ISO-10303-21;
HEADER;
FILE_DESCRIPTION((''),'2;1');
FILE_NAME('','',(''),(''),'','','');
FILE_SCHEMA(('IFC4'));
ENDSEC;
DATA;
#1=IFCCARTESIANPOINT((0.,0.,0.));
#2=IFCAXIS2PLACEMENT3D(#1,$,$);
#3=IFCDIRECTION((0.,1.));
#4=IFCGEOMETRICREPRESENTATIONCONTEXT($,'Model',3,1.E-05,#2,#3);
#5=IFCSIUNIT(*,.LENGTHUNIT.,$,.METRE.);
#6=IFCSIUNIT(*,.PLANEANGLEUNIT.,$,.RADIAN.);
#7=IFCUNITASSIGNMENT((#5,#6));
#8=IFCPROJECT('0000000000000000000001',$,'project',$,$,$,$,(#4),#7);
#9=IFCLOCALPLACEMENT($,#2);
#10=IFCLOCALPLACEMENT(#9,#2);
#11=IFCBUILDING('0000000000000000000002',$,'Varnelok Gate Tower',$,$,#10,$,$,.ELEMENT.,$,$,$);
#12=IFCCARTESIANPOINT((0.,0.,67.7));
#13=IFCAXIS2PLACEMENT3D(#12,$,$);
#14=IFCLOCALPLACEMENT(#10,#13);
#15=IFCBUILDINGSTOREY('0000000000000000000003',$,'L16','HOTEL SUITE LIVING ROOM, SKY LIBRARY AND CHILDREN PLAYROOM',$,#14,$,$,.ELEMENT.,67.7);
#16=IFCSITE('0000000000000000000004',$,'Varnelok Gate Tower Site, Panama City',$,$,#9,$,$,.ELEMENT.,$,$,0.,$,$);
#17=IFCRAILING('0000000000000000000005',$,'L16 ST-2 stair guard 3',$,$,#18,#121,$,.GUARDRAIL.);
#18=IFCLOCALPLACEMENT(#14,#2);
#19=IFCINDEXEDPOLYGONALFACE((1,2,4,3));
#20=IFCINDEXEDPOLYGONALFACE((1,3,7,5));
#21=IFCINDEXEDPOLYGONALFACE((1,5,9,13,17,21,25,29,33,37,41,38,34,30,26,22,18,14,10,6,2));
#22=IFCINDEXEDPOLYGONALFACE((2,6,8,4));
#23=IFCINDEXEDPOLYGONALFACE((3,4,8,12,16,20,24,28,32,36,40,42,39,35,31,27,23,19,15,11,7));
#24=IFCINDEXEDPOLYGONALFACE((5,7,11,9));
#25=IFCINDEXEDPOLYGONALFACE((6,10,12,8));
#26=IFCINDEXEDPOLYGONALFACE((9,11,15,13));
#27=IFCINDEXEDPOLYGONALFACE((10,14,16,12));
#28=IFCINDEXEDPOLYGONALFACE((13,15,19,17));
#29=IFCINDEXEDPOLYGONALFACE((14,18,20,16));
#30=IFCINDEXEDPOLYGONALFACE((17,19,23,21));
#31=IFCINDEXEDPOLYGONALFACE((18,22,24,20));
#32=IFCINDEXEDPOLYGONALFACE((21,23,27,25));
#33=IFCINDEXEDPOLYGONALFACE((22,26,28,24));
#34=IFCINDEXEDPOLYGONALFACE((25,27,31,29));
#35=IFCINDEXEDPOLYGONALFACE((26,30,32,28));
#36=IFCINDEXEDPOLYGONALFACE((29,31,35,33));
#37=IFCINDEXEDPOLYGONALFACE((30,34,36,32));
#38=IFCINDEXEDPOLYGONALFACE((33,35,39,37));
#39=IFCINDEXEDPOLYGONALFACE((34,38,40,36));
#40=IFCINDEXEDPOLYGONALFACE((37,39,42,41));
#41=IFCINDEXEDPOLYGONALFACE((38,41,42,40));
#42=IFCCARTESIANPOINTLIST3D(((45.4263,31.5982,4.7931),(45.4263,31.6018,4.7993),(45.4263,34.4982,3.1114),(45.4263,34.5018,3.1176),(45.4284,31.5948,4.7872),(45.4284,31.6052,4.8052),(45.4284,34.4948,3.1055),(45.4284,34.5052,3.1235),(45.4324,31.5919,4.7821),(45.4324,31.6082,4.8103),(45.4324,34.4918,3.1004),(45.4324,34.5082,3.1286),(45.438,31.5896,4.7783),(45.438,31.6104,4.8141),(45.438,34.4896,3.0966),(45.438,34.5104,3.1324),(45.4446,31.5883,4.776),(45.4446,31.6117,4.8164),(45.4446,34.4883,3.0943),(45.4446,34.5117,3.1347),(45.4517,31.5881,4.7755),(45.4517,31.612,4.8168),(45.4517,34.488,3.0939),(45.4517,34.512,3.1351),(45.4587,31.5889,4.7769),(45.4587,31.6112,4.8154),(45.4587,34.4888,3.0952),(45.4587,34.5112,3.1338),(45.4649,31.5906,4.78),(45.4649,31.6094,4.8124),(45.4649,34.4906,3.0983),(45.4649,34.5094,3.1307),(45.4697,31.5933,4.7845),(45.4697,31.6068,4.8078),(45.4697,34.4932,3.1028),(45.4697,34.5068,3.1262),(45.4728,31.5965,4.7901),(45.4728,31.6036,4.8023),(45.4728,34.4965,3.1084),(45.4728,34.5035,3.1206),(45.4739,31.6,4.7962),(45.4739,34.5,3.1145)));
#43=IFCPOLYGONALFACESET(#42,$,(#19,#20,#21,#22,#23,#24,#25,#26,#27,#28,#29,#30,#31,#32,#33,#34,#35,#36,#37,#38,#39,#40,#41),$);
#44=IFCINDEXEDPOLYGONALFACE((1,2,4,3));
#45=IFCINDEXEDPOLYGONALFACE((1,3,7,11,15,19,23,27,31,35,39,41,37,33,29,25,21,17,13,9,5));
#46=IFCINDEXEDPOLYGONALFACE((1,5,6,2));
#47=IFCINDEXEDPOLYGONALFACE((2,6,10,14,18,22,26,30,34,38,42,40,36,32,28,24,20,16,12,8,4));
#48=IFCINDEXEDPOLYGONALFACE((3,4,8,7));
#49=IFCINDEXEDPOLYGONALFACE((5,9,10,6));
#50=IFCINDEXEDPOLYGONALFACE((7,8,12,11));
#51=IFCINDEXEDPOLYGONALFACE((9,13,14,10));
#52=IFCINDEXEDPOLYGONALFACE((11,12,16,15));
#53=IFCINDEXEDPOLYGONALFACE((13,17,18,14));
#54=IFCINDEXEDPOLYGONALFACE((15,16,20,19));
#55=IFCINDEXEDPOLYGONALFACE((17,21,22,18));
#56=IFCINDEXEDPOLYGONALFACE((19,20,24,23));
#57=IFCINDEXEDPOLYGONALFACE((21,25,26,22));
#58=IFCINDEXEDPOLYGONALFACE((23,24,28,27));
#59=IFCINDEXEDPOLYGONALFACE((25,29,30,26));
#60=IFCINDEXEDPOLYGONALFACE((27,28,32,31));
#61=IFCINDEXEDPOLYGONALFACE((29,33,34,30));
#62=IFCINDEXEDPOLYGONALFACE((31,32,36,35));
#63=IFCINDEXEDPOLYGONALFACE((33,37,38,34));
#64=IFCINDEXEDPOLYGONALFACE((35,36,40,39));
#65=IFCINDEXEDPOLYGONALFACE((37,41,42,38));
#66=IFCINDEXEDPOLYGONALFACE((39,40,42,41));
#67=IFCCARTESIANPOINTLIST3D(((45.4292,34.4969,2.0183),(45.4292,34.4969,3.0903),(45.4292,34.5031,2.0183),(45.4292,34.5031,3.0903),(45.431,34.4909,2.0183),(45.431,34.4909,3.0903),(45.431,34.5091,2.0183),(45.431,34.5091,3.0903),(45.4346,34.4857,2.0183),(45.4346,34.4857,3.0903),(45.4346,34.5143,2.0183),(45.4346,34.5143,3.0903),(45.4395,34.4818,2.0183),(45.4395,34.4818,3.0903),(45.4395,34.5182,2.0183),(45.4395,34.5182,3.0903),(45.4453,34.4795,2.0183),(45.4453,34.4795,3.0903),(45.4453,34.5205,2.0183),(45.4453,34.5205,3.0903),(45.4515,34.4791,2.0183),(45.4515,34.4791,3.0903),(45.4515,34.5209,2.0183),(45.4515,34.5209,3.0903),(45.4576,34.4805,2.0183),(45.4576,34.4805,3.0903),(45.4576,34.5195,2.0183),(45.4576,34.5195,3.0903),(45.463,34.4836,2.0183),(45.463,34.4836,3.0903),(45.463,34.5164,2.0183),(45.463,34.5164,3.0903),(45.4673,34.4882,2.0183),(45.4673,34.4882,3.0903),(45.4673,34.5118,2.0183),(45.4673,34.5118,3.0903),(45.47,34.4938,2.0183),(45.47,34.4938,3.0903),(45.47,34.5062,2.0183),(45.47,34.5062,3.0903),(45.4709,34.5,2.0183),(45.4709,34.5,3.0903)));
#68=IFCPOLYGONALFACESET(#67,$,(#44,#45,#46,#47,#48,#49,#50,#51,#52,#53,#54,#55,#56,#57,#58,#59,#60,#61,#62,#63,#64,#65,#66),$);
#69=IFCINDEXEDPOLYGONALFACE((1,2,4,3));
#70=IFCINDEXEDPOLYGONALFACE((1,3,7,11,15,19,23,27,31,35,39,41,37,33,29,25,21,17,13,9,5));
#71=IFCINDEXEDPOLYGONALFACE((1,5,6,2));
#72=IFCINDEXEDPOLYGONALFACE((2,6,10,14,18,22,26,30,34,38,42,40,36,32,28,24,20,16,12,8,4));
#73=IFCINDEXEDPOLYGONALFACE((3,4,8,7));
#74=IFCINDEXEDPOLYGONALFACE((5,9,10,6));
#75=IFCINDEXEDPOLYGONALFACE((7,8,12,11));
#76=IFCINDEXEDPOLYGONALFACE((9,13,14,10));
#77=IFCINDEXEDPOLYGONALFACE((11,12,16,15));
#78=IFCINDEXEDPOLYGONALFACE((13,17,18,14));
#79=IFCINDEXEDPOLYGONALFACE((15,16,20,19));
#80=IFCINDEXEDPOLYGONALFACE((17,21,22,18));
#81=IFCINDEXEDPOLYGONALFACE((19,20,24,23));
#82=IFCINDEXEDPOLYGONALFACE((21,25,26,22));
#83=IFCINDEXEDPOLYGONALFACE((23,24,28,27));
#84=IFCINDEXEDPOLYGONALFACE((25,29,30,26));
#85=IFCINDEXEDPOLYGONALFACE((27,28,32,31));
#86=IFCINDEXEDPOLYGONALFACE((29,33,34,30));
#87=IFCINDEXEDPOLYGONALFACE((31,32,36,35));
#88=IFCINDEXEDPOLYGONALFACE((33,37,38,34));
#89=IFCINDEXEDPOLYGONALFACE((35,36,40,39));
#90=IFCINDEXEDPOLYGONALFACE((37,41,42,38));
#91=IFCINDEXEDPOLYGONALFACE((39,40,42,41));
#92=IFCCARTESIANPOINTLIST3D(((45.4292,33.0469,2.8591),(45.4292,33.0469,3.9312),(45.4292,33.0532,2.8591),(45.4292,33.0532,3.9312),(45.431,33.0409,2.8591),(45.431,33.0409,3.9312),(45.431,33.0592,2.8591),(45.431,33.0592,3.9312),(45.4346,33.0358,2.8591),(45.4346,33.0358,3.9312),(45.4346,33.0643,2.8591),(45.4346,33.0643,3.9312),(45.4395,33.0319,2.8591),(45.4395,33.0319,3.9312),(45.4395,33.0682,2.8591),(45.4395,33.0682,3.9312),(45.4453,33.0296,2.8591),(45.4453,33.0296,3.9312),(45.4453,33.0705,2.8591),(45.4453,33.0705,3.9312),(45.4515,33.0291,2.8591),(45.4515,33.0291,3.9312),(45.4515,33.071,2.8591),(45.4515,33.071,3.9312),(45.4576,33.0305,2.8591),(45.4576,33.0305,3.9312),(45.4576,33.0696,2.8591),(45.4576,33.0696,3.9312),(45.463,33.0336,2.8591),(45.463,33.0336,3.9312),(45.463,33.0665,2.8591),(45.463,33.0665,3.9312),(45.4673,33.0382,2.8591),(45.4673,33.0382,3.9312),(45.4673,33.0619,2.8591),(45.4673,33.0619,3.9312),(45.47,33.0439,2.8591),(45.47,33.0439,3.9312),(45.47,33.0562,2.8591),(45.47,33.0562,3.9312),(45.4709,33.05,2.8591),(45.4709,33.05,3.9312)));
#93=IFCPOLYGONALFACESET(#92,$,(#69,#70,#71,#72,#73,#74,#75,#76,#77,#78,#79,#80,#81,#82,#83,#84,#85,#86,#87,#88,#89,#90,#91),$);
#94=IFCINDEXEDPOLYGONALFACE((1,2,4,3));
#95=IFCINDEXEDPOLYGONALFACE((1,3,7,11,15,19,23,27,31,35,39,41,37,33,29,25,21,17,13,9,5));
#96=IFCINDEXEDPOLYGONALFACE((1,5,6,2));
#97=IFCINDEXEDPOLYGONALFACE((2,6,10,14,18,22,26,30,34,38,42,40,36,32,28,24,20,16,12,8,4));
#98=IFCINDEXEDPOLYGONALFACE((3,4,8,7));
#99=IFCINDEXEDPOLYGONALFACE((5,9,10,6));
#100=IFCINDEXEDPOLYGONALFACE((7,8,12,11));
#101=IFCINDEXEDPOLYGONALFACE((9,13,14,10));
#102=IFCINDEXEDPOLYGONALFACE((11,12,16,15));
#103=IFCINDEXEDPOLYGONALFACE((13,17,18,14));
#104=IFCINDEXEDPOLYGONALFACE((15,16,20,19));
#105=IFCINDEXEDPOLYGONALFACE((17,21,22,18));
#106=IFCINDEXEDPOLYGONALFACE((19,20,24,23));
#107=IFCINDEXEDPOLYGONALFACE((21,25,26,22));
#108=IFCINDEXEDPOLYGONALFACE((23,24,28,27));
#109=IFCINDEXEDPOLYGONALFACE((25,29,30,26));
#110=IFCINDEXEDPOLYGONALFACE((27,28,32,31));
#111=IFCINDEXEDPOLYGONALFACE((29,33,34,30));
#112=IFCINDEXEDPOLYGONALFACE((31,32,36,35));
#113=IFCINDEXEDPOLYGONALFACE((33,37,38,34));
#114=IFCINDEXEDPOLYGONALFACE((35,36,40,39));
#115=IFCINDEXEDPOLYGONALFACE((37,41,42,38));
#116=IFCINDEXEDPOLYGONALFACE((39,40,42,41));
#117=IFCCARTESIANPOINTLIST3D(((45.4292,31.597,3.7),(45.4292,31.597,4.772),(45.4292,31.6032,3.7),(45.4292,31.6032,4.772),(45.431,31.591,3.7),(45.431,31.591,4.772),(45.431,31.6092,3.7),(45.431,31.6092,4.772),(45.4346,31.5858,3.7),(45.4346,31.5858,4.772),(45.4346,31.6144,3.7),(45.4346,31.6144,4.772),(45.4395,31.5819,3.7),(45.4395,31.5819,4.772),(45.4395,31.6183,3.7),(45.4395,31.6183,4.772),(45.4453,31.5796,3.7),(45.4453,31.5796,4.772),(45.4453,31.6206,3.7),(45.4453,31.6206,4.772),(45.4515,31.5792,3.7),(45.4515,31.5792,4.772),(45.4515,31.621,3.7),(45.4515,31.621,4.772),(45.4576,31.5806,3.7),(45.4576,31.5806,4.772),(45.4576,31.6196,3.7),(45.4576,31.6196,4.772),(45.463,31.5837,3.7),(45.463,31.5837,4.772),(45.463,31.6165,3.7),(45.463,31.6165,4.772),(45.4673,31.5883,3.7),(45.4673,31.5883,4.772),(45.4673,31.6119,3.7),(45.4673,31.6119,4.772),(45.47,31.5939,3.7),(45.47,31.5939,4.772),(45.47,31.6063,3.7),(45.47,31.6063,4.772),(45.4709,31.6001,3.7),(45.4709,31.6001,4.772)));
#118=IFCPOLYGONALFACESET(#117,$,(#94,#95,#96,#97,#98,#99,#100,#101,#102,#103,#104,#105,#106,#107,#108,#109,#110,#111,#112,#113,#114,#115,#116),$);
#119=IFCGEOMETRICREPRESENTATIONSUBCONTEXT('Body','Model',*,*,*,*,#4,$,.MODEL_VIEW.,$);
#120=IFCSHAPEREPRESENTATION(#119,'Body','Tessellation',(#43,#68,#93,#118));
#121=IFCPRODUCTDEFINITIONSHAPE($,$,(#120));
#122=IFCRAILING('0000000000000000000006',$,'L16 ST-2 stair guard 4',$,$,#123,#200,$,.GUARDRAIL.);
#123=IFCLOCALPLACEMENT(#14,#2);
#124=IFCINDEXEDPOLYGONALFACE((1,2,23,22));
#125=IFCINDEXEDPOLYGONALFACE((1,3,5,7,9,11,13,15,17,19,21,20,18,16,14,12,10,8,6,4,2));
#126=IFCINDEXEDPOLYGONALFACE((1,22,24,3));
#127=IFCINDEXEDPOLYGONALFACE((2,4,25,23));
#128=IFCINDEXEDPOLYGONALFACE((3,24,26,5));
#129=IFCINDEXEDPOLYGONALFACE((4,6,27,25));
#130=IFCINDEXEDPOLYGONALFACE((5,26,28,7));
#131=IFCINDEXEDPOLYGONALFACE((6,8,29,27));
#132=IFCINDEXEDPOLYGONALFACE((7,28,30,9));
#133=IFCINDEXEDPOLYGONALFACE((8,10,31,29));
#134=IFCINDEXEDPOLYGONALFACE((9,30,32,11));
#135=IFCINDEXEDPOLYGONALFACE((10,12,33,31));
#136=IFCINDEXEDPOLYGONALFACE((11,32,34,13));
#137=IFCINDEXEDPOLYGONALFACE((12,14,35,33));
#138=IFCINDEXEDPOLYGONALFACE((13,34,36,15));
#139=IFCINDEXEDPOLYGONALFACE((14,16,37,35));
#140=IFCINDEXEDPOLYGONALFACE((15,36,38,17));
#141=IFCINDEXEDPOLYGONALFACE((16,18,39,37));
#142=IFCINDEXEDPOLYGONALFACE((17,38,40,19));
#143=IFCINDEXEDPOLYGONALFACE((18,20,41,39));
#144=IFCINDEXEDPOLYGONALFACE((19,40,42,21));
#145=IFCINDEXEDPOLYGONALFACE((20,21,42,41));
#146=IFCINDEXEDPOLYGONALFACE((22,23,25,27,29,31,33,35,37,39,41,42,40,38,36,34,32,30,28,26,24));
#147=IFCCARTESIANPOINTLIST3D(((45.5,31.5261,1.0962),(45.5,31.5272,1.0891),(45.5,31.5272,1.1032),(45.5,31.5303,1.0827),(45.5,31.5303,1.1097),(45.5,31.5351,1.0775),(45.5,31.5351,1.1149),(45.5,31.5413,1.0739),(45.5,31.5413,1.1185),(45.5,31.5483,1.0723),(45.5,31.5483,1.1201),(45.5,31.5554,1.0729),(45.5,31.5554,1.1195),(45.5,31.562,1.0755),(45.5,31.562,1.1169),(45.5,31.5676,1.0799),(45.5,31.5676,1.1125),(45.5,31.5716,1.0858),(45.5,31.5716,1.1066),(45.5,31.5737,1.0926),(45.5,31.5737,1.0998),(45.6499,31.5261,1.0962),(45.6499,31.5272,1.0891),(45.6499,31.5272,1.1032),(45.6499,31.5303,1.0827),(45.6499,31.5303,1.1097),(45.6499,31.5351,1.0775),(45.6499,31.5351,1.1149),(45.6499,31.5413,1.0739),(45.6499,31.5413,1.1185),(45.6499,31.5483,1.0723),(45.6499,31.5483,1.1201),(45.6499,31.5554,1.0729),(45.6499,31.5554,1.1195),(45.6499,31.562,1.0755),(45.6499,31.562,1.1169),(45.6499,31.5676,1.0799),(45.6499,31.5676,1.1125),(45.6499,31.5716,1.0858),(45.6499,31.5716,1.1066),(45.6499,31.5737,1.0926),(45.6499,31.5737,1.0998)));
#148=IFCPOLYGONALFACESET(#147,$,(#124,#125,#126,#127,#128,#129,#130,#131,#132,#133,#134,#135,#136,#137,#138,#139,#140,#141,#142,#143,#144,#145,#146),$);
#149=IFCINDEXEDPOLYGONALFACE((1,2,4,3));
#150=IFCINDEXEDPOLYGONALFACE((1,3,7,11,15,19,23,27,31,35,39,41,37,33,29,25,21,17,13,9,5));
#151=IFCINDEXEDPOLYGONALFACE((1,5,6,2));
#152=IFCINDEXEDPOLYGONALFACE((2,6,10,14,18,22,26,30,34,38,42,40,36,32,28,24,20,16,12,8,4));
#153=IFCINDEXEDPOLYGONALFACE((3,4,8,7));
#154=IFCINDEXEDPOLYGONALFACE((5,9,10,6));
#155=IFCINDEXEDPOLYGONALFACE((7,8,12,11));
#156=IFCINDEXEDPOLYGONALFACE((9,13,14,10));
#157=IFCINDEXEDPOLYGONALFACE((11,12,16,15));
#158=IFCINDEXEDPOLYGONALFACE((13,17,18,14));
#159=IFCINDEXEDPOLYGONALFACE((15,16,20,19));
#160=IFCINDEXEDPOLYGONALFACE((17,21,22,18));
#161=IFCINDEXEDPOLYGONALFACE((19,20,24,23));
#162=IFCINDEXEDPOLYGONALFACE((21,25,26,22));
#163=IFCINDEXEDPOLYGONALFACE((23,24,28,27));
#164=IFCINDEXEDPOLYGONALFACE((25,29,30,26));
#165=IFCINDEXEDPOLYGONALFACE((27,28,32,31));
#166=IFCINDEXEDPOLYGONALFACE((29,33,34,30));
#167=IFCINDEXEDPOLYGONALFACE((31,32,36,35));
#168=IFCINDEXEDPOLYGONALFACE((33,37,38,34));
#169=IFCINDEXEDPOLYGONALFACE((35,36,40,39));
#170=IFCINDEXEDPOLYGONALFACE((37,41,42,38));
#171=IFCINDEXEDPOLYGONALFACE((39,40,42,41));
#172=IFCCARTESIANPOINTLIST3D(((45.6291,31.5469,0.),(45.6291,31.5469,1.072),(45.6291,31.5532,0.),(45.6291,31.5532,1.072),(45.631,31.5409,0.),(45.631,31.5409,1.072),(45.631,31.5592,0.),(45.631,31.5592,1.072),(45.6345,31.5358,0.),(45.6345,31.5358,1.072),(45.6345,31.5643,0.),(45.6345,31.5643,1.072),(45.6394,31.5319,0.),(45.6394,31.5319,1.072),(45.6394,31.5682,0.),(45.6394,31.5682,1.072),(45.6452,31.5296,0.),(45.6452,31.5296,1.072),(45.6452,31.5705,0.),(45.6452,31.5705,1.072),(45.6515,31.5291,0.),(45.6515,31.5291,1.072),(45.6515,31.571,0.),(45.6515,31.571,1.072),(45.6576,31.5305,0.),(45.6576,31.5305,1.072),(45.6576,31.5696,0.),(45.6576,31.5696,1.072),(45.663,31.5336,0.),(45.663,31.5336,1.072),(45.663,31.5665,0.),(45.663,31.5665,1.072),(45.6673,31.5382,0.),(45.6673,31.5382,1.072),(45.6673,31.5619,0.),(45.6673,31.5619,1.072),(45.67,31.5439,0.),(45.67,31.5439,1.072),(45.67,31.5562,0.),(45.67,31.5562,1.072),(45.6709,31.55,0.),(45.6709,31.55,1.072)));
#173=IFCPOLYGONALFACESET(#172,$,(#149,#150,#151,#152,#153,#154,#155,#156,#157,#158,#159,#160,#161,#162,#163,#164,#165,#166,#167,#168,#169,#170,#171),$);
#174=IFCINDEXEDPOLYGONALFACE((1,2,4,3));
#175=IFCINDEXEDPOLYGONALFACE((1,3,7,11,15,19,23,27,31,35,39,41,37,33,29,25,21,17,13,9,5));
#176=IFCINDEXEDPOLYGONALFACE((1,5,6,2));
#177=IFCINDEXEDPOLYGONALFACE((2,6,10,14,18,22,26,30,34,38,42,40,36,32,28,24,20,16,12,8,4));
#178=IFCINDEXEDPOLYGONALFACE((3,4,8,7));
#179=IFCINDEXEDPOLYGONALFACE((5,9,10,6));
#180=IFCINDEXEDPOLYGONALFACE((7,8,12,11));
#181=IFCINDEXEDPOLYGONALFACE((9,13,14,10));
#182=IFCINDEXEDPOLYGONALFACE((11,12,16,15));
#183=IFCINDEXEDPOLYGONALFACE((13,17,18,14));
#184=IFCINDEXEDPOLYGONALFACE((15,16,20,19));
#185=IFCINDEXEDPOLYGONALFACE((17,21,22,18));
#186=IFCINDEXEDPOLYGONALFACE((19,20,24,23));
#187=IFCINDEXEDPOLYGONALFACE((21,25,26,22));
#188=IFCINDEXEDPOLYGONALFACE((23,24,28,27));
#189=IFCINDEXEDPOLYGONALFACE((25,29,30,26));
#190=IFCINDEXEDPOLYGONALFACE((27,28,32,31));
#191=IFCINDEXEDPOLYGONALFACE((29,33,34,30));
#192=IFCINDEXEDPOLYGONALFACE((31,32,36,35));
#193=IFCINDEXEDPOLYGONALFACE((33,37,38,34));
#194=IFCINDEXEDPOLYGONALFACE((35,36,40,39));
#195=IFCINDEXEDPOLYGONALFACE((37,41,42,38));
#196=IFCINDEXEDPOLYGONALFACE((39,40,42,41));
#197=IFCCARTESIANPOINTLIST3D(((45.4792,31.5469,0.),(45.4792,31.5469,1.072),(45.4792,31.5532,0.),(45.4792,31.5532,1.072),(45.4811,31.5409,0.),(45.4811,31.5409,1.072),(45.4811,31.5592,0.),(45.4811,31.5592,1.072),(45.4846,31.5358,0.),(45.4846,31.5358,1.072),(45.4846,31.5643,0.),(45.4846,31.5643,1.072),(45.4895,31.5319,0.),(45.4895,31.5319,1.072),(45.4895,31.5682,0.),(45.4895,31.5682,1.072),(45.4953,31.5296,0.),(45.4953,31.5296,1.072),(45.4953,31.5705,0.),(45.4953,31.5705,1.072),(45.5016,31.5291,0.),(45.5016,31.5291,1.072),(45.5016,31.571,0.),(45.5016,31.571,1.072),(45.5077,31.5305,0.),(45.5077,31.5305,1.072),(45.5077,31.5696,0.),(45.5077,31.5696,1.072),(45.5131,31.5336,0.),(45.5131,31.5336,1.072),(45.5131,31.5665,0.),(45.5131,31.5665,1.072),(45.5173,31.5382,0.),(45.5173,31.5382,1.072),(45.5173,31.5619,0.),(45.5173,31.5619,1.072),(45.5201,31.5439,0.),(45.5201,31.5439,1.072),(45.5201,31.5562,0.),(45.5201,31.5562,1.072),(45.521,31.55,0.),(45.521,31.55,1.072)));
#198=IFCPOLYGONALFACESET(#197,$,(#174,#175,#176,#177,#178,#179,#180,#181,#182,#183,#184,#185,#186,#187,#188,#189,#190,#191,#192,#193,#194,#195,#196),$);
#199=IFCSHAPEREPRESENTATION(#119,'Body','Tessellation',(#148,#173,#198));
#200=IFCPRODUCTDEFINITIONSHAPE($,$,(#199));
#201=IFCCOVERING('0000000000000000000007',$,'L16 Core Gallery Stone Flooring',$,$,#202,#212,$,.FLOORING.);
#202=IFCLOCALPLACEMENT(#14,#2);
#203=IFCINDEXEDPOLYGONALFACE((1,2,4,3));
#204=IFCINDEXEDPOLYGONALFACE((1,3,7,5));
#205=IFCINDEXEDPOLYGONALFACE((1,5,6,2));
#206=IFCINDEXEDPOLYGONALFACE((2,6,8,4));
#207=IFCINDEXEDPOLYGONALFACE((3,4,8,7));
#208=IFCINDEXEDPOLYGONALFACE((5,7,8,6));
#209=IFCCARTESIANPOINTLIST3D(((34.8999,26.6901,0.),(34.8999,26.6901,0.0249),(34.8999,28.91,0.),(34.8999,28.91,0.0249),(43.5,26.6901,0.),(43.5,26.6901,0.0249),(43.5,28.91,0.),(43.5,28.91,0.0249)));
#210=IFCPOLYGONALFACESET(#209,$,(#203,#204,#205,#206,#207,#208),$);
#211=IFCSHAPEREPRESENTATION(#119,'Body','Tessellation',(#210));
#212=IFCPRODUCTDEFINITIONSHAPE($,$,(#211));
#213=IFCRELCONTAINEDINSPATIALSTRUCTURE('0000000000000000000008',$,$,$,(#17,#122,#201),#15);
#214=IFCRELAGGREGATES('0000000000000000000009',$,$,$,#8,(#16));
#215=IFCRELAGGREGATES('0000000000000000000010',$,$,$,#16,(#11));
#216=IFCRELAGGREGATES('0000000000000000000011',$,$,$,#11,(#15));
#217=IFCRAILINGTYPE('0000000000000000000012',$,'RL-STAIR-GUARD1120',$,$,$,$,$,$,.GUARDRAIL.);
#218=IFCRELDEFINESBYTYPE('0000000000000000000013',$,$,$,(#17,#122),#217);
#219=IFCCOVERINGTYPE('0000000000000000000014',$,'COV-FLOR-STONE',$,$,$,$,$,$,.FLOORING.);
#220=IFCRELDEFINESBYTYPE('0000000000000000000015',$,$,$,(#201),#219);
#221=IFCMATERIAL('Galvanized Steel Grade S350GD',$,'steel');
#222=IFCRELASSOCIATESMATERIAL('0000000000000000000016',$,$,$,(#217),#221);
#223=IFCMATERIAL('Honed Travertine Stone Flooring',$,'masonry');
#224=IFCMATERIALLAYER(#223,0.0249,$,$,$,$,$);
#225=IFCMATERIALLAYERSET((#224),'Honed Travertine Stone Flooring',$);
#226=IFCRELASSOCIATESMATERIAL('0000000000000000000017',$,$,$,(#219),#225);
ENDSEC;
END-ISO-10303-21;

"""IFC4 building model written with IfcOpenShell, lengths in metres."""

from ifc_helpers import new_model, si_unit, direction, frame, origin, origin_2d, place, context, subcontext, project, spatial, rectangle, circle, extrude, source, transform, mapped, material, layer, layer_set, type_object, element, save


model = new_model("IFC4")

# Units and contexts
model_context = context("Model", 3, precision=1e-05, world=origin(), true_north=direction((0.0, 1.0)))
body_context = subcontext(model_context, "Body", "Model", "MODEL_VIEW")
ifc_project = project(units=[si_unit("LENGTHUNIT", "METRE"), si_unit("PLANEANGLEUNIT", "RADIAN")], contexts=[model_context])

# Site, building, storey
site_placement = place(None, origin())
site = spatial("IfcSite", under=ifc_project, at=site_placement, Name="Varnelok Gate Tower Site, Panama City", CompositionType="ELEMENT", RefElevation=0.0)
building_placement = place(site_placement, origin())
building = spatial("IfcBuilding", under=site, at=building_placement, Name="Varnelok Gate Tower", CompositionType="ELEMENT")
storey_placement = place(building_placement, frame((0.0, 0.0, 67.7)))
storey = spatial("IfcBuildingStorey", under=building, at=storey_placement, Name="L16", Description="HOTEL SUITE LIVING ROOM, SKY LIBRARY AND CHILDREN PLAYROOM", CompositionType="ELEMENT", Elevation=67.7)

# Shared definitions
ifc_material_1 = material(Name="Galvanized Steel Grade S350GD", Category="steel")

# Railings
railing_type_1 = type_object("IfcRailingType", Name="RL-STAIR-GUARD1120", PredefinedType="GUARDRAIL", material=ifc_material_1)
railing_1_placement = place(storey_placement, frame((45.45, 34.5, 2.0183)))
element("IfcRailing", 1, at=railing_1_placement, inside=storey, type_object=railing_type_1, Name="L16 ST-2 stair guard 3", PredefinedType="GUARDRAIL", context=body_context, shape_type="SweptSolid", body=[
    extrude(circle(Radius=0.0239, at=origin_2d()), frame((0.0, 0.0, 1.0962), z_axis=(0.0, -0.86507, 0.501651), x_axis=(1.0, 0.0, 0.0)), (0.0, 0.0, 1.0), 3.3523),
    extrude(circle(Radius=0.021, at=origin_2d()), origin(), (0.0, 0.0, 1.0), 1.072),
    extrude(circle(Radius=0.021, at=origin_2d()), frame((0.0, -1.45, 0.8408)), (0.0, 0.0, 1.0), 1.072),
    extrude(circle(Radius=0.021, at=origin_2d()), frame((0.0, -2.8999, 1.6816)), (0.0, 0.0, 1.0), 1.072),
])
railing_2_placement = place(storey_placement, frame((45.6499, 31.55, 0.0)))
element("IfcRailing", 2, at=railing_2_placement, inside=storey, type_object=railing_type_1, Name="L16 ST-2 stair guard 4", PredefinedType="GUARDRAIL", context=body_context, shape_type="SweptSolid", body=[
    extrude(circle(Radius=0.0239, at=origin_2d()), frame((0.0, 0.0, 1.0962), z_axis=(-1.0, 0.0, 0.0), x_axis=(0.0, -1.0, 0.0)), (0.0, 0.0, 1.0), 0.1499),
    extrude(circle(Radius=0.021, at=origin_2d()), origin(), (0.0, 0.0, 1.0), 1.072),
    extrude(circle(Radius=0.021, at=origin_2d()), frame((-0.1499, 0.0, 0.0)), (0.0, 0.0, 1.0), 1.072),
])

# Covering
ifc_material_2 = material(Name="Honed Travertine Stone Flooring", Category="masonry")
ifc_layer_1 = layer(ifc_material_2, 0.0249)
ifc_layer_set_1 = layer_set([ifc_layer_1], Name="Honed Travertine Stone Flooring")
covering_type_1 = type_object("IfcCoveringType", Name="COV-FLOR-STONE", PredefinedType="FLOORING", material=ifc_layer_set_1)
shared_shape_1 = source(origin(), body_context, "Body", "SweptSolid", [
    extrude(rectangle(XDim=8.6001, YDim=2.22, at=origin_2d()), origin(), (0.0, 0.0, 1.0), 0.0249),
])
covering_1_placement = place(storey_placement, frame((39.2, 27.8, 0.0), z_axis=(0.0, 0.0, 1.0), x_axis=(1.0, 0.0, 0.0)))
element("IfcCovering", 3, at=covering_1_placement, inside=storey, type_object=covering_type_1, Name="L16 Core Gallery Stone Flooring", PredefinedType="FLOORING", context=body_context, shape_type="MappedRepresentation", body=[
    mapped(shared_shape_1, transform((0.0, 0.0, 0.0), scale=1.0)),
])

save(model, "model.ifc")
